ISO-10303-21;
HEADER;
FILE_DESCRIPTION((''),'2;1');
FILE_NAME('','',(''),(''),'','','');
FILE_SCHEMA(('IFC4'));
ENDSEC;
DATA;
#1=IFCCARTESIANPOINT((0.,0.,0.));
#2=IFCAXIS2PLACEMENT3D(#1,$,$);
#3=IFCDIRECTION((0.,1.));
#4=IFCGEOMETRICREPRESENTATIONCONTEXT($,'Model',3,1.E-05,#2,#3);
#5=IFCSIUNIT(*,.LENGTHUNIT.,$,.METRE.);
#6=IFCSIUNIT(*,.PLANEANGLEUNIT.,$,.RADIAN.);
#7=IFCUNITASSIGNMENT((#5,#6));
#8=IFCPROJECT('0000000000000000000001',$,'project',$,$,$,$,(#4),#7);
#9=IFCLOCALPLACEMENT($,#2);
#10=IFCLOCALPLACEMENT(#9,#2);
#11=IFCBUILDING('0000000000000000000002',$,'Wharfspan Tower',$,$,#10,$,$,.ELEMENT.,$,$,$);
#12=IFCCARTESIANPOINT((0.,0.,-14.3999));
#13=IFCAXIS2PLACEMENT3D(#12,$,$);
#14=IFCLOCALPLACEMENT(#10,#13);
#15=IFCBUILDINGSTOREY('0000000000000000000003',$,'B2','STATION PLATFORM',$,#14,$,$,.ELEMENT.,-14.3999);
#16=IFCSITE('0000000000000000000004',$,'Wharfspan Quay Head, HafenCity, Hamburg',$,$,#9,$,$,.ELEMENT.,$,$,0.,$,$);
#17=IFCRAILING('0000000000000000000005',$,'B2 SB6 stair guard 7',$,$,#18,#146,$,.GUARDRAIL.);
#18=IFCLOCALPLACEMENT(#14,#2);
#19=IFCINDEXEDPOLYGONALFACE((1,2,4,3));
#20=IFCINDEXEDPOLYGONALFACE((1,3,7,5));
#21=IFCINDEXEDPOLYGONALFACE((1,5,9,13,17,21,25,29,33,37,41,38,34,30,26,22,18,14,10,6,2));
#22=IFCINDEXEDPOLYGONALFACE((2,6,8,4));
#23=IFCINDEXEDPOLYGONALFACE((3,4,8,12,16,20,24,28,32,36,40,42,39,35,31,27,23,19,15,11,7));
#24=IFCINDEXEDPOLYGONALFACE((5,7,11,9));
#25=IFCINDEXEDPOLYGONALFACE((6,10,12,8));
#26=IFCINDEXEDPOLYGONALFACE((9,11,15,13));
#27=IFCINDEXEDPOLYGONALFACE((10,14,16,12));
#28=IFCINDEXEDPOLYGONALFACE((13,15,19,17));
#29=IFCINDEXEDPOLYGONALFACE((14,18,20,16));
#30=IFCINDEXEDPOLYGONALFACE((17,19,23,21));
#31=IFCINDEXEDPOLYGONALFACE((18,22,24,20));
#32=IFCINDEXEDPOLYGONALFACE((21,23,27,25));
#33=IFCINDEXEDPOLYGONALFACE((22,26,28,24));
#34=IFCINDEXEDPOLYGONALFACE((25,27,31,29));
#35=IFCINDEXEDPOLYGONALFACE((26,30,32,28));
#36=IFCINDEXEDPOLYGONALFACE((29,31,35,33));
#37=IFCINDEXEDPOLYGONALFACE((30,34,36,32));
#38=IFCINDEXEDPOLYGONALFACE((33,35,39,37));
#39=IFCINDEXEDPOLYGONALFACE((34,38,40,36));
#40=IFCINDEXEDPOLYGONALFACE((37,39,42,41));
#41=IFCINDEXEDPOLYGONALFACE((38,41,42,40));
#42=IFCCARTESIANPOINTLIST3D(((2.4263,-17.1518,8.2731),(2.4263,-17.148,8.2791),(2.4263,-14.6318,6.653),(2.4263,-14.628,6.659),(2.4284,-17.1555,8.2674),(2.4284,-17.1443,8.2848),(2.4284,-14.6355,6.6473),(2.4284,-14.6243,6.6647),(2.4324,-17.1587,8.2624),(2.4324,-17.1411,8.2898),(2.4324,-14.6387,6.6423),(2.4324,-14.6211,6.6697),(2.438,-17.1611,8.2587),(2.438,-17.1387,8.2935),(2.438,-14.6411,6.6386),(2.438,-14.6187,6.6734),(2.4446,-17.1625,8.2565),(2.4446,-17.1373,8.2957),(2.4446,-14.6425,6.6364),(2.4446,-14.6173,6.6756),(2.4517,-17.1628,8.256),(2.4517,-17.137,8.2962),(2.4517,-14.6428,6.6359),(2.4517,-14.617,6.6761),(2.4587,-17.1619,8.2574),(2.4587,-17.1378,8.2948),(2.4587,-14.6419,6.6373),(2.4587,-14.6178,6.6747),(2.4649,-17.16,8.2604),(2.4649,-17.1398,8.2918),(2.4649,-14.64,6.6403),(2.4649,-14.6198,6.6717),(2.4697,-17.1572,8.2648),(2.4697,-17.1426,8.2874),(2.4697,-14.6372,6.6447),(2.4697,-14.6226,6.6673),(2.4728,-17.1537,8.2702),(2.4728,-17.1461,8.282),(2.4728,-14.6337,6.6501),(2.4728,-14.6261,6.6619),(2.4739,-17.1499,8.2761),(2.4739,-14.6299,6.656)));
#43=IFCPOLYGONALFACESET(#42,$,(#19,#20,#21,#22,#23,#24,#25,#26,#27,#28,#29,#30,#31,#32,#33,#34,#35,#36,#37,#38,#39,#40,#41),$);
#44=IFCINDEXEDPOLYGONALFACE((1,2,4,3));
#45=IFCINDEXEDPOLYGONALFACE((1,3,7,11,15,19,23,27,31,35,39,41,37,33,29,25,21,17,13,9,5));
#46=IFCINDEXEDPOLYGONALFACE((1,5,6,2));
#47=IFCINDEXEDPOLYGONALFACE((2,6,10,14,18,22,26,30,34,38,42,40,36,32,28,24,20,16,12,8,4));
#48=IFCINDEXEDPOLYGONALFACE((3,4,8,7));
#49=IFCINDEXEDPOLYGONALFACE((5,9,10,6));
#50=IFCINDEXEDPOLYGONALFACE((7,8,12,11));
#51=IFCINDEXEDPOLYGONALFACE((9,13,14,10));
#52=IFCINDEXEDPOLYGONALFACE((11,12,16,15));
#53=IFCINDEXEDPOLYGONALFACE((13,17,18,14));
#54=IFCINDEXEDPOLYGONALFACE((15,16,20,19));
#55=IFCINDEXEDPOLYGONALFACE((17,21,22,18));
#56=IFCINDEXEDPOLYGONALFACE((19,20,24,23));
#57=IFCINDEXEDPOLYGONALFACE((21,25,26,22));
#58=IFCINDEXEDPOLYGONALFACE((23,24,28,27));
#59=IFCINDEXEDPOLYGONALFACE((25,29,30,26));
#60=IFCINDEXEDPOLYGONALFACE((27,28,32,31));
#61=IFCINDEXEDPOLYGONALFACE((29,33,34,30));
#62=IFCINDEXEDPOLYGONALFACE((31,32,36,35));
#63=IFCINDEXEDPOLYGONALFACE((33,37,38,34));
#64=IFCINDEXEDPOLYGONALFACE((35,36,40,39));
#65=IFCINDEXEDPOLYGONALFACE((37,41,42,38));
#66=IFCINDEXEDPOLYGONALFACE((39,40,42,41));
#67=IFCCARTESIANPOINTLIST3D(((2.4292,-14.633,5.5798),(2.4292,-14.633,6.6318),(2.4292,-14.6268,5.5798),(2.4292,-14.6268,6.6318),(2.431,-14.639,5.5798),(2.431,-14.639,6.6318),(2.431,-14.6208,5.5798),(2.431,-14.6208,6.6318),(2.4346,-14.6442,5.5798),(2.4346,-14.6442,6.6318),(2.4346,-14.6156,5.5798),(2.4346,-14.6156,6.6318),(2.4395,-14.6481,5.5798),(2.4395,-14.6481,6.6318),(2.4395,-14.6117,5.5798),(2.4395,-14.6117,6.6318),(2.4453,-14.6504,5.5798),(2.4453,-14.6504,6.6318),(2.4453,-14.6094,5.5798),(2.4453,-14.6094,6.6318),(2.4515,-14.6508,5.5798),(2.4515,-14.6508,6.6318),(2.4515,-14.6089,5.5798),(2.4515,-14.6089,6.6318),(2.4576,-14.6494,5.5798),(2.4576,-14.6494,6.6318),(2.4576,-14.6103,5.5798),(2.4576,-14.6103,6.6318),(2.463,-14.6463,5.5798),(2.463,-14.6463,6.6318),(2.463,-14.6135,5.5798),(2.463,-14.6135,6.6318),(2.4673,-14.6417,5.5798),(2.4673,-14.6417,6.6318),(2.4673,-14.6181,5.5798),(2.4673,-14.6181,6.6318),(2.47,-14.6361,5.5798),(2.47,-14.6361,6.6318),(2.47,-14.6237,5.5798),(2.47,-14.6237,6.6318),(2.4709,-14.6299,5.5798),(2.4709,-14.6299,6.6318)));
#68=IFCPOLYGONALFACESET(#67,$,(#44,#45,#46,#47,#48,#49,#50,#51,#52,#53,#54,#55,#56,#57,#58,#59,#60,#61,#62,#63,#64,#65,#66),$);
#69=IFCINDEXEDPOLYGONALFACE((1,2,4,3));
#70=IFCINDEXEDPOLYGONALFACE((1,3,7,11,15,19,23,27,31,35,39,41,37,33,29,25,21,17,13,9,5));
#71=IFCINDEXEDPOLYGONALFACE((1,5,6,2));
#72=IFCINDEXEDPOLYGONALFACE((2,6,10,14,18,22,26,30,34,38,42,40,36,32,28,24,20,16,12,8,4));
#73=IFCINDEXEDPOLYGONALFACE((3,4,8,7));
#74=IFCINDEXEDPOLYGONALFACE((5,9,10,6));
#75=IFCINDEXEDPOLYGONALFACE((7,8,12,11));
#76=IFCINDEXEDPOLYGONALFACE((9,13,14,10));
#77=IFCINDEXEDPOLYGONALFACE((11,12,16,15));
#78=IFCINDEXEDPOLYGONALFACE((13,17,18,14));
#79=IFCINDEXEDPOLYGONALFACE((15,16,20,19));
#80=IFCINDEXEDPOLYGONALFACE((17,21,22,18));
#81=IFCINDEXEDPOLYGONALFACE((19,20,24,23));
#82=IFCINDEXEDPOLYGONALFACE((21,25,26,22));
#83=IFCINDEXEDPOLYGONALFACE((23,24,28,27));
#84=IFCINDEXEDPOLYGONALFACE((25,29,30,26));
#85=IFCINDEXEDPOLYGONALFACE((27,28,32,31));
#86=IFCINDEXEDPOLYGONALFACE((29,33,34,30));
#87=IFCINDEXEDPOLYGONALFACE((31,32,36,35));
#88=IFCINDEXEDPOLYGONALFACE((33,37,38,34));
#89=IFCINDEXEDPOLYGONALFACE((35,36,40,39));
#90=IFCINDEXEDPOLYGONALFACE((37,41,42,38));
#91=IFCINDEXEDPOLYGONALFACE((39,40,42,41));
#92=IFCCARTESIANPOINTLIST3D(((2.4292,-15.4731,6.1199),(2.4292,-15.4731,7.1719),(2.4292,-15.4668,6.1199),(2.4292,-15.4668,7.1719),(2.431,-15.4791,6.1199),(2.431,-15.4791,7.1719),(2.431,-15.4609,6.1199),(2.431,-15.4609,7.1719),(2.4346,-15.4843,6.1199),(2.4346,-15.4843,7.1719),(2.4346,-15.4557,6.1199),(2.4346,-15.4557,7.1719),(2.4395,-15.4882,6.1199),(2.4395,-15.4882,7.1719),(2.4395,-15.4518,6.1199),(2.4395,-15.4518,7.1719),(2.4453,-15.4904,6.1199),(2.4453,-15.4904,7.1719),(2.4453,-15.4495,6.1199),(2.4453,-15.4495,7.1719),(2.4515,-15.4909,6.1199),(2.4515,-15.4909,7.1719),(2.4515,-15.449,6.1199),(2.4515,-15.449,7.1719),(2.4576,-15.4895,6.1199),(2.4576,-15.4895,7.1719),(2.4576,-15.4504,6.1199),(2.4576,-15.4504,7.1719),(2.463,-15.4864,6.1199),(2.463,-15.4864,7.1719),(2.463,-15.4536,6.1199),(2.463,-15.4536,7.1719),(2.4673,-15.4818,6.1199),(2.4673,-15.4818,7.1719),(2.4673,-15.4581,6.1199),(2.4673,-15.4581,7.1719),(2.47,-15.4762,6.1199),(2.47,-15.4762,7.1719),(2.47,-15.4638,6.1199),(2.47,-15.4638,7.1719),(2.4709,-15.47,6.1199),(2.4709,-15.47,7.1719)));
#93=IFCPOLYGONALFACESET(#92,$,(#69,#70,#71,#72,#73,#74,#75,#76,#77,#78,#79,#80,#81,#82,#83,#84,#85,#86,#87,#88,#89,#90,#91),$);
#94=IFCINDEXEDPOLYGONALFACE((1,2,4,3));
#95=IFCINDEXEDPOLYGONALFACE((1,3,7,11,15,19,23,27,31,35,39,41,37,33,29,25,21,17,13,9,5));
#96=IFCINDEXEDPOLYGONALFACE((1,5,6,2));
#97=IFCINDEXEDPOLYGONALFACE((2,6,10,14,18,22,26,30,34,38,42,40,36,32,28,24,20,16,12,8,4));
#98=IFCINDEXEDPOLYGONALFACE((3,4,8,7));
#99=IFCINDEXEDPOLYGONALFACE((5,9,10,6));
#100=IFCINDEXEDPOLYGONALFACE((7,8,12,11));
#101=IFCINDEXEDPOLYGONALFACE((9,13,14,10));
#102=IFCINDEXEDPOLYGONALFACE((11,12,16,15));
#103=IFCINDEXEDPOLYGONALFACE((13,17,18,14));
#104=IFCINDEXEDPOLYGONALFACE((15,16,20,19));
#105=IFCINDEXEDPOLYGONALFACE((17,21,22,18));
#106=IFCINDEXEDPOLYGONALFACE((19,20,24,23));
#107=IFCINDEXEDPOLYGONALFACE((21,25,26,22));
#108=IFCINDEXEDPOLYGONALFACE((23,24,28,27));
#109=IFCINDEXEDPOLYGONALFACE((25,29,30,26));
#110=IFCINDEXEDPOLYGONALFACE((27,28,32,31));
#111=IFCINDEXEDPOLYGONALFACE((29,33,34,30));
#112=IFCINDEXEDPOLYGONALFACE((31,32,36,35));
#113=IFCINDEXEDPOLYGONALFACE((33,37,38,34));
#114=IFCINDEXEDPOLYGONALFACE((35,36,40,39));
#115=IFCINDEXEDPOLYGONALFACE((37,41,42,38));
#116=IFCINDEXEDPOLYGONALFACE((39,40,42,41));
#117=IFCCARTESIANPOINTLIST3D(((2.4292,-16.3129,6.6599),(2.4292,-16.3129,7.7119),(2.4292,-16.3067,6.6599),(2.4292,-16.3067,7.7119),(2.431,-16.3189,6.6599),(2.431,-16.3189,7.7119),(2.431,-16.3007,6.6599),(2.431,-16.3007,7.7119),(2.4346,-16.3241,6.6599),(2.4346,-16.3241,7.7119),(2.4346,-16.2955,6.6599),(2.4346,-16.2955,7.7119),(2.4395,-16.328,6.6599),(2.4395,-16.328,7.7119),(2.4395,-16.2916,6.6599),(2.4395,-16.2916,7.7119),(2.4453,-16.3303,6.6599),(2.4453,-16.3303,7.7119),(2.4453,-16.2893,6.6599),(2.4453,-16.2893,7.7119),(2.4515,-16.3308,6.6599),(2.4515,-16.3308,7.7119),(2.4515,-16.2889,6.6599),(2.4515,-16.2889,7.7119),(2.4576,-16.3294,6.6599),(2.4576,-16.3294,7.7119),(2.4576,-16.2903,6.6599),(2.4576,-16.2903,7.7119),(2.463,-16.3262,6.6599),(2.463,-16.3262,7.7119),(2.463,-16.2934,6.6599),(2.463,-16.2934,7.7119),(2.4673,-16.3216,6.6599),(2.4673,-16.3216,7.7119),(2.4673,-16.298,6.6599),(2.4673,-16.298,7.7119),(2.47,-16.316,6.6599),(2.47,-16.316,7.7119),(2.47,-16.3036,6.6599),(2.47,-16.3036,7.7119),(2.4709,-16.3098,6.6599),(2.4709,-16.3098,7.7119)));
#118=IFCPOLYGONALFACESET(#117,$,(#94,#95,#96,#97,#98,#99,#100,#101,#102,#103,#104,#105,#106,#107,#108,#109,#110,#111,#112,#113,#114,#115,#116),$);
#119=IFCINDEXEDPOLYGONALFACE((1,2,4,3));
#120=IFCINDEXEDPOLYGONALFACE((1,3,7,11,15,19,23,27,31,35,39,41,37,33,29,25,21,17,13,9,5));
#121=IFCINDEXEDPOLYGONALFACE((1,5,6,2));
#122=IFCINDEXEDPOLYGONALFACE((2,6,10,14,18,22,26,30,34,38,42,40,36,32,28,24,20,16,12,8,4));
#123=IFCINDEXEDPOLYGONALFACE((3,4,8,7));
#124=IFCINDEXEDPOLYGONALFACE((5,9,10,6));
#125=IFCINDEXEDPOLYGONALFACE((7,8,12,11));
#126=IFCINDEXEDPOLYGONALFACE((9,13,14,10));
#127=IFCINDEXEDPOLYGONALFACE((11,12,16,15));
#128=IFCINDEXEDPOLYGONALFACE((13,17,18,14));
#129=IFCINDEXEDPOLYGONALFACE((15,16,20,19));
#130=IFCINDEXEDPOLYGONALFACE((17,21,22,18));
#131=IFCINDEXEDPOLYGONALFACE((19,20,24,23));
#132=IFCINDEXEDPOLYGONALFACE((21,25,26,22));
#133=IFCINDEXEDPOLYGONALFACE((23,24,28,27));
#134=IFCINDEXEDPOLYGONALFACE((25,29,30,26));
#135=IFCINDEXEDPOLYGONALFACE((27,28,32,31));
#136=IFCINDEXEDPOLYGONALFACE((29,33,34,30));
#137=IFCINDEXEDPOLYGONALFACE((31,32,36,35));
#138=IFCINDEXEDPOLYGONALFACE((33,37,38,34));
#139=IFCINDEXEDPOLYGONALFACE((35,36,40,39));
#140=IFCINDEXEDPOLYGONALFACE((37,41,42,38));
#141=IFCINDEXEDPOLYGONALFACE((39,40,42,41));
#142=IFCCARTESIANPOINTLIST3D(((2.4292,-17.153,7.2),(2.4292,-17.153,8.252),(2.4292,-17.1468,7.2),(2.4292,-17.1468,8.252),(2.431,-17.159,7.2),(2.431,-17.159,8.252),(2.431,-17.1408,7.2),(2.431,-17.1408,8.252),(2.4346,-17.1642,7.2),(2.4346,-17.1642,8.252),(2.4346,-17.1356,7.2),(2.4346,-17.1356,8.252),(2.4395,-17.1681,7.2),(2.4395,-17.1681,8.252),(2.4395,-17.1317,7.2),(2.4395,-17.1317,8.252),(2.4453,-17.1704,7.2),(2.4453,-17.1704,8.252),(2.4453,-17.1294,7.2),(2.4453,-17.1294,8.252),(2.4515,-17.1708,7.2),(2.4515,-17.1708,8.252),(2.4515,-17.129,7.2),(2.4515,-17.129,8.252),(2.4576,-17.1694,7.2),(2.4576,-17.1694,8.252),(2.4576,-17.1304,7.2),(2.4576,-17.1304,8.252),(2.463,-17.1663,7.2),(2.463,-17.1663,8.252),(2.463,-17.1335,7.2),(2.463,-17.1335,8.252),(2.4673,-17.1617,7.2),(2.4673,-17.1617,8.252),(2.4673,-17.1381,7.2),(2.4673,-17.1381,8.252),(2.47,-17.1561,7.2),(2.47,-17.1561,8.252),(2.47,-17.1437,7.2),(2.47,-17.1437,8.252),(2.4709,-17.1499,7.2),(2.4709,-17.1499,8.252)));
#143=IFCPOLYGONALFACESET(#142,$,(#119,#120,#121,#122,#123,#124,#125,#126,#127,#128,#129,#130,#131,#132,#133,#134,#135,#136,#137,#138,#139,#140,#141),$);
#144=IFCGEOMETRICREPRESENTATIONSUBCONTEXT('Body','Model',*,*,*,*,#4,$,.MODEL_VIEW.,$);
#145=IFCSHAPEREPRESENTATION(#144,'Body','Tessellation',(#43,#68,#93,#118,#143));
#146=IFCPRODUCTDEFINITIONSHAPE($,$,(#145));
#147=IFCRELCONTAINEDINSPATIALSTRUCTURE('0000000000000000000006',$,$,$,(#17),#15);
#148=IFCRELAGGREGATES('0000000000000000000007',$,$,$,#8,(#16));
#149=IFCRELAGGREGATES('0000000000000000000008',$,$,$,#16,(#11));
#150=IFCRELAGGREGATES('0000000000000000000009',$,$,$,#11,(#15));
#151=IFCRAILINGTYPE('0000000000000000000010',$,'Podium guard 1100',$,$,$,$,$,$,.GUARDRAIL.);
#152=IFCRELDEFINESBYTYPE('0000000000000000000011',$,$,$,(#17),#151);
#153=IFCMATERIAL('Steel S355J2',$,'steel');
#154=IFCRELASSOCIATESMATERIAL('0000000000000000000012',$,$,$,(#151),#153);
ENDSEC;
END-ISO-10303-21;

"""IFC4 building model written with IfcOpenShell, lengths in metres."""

from ifc_helpers import new_model, si_unit, direction, frame, origin, origin_2d, place, context, subcontext, project, spatial, circle, extrude, material, type_object, element, save


model = new_model("IFC4")

# Units and contexts
model_context = context("Model", 3, precision=1e-05, world=origin(), true_north=direction((0.0, 1.0)))
body_context = subcontext(model_context, "Body", "Model", "MODEL_VIEW")
ifc_project = project(units=[si_unit("LENGTHUNIT", "METRE"), si_unit("PLANEANGLEUNIT", "RADIAN")], contexts=[model_context])

# Site, building, storey
site_placement = place(None, origin())
site = spatial("IfcSite", under=ifc_project, at=site_placement, Name="Wharfspan Quay Head, HafenCity, Hamburg", CompositionType="ELEMENT", RefElevation=0.0)
building_placement = place(site_placement, origin())
building = spatial("IfcBuilding", under=site, at=building_placement, Name="Wharfspan Tower", CompositionType="ELEMENT")
storey_placement = place(building_placement, frame((0.0, 0.0, -14.3999)))
storey = spatial("IfcBuildingStorey", under=building, at=storey_placement, Name="B2", Description="STATION PLATFORM", CompositionType="ELEMENT", Elevation=-14.3999)

# Railing
ifc_material_1 = material(Name="Steel S355J2", Category="steel")
railing_type_1 = type_object("IfcRailingType", Name="Podium guard 1100", PredefinedType="GUARDRAIL", material=ifc_material_1)
railing_1_placement = place(storey_placement, frame((2.45, -14.6299, 5.5798)))
element("IfcRailing", 1, at=railing_1_placement, inside=storey, type_object=railing_type_1, Name="B2 SB6 stair guard 7", PredefinedType="GUARDRAIL", context=body_context, shape_type="SweptSolid", body=[
    extrude(circle(Radius=0.0239, at=origin_2d()), frame((0.0, 0.0, 1.0762), z_axis=(0.0, -0.841163, 0.540782), x_axis=(1.0, 0.0, 0.0)), (0.0, 0.0, 1.0), 2.9958),
    extrude(circle(Radius=0.021, at=origin_2d()), origin(), (0.0, 0.0, 1.0), 1.052),
    extrude(circle(Radius=0.021, at=origin_2d()), frame((0.0, -0.8401, 0.54)), (0.0, 0.0, 1.0), 1.052),
    extrude(circle(Radius=0.021, at=origin_2d()), frame((0.0, -1.6799, 1.0801)), (0.0, 0.0, 1.0), 1.052),
    extrude(circle(Radius=0.021, at=origin_2d()), frame((0.0, -2.52, 1.6201)), (0.0, 0.0, 1.0), 1.052),
])

save(model, "model.ifc")
